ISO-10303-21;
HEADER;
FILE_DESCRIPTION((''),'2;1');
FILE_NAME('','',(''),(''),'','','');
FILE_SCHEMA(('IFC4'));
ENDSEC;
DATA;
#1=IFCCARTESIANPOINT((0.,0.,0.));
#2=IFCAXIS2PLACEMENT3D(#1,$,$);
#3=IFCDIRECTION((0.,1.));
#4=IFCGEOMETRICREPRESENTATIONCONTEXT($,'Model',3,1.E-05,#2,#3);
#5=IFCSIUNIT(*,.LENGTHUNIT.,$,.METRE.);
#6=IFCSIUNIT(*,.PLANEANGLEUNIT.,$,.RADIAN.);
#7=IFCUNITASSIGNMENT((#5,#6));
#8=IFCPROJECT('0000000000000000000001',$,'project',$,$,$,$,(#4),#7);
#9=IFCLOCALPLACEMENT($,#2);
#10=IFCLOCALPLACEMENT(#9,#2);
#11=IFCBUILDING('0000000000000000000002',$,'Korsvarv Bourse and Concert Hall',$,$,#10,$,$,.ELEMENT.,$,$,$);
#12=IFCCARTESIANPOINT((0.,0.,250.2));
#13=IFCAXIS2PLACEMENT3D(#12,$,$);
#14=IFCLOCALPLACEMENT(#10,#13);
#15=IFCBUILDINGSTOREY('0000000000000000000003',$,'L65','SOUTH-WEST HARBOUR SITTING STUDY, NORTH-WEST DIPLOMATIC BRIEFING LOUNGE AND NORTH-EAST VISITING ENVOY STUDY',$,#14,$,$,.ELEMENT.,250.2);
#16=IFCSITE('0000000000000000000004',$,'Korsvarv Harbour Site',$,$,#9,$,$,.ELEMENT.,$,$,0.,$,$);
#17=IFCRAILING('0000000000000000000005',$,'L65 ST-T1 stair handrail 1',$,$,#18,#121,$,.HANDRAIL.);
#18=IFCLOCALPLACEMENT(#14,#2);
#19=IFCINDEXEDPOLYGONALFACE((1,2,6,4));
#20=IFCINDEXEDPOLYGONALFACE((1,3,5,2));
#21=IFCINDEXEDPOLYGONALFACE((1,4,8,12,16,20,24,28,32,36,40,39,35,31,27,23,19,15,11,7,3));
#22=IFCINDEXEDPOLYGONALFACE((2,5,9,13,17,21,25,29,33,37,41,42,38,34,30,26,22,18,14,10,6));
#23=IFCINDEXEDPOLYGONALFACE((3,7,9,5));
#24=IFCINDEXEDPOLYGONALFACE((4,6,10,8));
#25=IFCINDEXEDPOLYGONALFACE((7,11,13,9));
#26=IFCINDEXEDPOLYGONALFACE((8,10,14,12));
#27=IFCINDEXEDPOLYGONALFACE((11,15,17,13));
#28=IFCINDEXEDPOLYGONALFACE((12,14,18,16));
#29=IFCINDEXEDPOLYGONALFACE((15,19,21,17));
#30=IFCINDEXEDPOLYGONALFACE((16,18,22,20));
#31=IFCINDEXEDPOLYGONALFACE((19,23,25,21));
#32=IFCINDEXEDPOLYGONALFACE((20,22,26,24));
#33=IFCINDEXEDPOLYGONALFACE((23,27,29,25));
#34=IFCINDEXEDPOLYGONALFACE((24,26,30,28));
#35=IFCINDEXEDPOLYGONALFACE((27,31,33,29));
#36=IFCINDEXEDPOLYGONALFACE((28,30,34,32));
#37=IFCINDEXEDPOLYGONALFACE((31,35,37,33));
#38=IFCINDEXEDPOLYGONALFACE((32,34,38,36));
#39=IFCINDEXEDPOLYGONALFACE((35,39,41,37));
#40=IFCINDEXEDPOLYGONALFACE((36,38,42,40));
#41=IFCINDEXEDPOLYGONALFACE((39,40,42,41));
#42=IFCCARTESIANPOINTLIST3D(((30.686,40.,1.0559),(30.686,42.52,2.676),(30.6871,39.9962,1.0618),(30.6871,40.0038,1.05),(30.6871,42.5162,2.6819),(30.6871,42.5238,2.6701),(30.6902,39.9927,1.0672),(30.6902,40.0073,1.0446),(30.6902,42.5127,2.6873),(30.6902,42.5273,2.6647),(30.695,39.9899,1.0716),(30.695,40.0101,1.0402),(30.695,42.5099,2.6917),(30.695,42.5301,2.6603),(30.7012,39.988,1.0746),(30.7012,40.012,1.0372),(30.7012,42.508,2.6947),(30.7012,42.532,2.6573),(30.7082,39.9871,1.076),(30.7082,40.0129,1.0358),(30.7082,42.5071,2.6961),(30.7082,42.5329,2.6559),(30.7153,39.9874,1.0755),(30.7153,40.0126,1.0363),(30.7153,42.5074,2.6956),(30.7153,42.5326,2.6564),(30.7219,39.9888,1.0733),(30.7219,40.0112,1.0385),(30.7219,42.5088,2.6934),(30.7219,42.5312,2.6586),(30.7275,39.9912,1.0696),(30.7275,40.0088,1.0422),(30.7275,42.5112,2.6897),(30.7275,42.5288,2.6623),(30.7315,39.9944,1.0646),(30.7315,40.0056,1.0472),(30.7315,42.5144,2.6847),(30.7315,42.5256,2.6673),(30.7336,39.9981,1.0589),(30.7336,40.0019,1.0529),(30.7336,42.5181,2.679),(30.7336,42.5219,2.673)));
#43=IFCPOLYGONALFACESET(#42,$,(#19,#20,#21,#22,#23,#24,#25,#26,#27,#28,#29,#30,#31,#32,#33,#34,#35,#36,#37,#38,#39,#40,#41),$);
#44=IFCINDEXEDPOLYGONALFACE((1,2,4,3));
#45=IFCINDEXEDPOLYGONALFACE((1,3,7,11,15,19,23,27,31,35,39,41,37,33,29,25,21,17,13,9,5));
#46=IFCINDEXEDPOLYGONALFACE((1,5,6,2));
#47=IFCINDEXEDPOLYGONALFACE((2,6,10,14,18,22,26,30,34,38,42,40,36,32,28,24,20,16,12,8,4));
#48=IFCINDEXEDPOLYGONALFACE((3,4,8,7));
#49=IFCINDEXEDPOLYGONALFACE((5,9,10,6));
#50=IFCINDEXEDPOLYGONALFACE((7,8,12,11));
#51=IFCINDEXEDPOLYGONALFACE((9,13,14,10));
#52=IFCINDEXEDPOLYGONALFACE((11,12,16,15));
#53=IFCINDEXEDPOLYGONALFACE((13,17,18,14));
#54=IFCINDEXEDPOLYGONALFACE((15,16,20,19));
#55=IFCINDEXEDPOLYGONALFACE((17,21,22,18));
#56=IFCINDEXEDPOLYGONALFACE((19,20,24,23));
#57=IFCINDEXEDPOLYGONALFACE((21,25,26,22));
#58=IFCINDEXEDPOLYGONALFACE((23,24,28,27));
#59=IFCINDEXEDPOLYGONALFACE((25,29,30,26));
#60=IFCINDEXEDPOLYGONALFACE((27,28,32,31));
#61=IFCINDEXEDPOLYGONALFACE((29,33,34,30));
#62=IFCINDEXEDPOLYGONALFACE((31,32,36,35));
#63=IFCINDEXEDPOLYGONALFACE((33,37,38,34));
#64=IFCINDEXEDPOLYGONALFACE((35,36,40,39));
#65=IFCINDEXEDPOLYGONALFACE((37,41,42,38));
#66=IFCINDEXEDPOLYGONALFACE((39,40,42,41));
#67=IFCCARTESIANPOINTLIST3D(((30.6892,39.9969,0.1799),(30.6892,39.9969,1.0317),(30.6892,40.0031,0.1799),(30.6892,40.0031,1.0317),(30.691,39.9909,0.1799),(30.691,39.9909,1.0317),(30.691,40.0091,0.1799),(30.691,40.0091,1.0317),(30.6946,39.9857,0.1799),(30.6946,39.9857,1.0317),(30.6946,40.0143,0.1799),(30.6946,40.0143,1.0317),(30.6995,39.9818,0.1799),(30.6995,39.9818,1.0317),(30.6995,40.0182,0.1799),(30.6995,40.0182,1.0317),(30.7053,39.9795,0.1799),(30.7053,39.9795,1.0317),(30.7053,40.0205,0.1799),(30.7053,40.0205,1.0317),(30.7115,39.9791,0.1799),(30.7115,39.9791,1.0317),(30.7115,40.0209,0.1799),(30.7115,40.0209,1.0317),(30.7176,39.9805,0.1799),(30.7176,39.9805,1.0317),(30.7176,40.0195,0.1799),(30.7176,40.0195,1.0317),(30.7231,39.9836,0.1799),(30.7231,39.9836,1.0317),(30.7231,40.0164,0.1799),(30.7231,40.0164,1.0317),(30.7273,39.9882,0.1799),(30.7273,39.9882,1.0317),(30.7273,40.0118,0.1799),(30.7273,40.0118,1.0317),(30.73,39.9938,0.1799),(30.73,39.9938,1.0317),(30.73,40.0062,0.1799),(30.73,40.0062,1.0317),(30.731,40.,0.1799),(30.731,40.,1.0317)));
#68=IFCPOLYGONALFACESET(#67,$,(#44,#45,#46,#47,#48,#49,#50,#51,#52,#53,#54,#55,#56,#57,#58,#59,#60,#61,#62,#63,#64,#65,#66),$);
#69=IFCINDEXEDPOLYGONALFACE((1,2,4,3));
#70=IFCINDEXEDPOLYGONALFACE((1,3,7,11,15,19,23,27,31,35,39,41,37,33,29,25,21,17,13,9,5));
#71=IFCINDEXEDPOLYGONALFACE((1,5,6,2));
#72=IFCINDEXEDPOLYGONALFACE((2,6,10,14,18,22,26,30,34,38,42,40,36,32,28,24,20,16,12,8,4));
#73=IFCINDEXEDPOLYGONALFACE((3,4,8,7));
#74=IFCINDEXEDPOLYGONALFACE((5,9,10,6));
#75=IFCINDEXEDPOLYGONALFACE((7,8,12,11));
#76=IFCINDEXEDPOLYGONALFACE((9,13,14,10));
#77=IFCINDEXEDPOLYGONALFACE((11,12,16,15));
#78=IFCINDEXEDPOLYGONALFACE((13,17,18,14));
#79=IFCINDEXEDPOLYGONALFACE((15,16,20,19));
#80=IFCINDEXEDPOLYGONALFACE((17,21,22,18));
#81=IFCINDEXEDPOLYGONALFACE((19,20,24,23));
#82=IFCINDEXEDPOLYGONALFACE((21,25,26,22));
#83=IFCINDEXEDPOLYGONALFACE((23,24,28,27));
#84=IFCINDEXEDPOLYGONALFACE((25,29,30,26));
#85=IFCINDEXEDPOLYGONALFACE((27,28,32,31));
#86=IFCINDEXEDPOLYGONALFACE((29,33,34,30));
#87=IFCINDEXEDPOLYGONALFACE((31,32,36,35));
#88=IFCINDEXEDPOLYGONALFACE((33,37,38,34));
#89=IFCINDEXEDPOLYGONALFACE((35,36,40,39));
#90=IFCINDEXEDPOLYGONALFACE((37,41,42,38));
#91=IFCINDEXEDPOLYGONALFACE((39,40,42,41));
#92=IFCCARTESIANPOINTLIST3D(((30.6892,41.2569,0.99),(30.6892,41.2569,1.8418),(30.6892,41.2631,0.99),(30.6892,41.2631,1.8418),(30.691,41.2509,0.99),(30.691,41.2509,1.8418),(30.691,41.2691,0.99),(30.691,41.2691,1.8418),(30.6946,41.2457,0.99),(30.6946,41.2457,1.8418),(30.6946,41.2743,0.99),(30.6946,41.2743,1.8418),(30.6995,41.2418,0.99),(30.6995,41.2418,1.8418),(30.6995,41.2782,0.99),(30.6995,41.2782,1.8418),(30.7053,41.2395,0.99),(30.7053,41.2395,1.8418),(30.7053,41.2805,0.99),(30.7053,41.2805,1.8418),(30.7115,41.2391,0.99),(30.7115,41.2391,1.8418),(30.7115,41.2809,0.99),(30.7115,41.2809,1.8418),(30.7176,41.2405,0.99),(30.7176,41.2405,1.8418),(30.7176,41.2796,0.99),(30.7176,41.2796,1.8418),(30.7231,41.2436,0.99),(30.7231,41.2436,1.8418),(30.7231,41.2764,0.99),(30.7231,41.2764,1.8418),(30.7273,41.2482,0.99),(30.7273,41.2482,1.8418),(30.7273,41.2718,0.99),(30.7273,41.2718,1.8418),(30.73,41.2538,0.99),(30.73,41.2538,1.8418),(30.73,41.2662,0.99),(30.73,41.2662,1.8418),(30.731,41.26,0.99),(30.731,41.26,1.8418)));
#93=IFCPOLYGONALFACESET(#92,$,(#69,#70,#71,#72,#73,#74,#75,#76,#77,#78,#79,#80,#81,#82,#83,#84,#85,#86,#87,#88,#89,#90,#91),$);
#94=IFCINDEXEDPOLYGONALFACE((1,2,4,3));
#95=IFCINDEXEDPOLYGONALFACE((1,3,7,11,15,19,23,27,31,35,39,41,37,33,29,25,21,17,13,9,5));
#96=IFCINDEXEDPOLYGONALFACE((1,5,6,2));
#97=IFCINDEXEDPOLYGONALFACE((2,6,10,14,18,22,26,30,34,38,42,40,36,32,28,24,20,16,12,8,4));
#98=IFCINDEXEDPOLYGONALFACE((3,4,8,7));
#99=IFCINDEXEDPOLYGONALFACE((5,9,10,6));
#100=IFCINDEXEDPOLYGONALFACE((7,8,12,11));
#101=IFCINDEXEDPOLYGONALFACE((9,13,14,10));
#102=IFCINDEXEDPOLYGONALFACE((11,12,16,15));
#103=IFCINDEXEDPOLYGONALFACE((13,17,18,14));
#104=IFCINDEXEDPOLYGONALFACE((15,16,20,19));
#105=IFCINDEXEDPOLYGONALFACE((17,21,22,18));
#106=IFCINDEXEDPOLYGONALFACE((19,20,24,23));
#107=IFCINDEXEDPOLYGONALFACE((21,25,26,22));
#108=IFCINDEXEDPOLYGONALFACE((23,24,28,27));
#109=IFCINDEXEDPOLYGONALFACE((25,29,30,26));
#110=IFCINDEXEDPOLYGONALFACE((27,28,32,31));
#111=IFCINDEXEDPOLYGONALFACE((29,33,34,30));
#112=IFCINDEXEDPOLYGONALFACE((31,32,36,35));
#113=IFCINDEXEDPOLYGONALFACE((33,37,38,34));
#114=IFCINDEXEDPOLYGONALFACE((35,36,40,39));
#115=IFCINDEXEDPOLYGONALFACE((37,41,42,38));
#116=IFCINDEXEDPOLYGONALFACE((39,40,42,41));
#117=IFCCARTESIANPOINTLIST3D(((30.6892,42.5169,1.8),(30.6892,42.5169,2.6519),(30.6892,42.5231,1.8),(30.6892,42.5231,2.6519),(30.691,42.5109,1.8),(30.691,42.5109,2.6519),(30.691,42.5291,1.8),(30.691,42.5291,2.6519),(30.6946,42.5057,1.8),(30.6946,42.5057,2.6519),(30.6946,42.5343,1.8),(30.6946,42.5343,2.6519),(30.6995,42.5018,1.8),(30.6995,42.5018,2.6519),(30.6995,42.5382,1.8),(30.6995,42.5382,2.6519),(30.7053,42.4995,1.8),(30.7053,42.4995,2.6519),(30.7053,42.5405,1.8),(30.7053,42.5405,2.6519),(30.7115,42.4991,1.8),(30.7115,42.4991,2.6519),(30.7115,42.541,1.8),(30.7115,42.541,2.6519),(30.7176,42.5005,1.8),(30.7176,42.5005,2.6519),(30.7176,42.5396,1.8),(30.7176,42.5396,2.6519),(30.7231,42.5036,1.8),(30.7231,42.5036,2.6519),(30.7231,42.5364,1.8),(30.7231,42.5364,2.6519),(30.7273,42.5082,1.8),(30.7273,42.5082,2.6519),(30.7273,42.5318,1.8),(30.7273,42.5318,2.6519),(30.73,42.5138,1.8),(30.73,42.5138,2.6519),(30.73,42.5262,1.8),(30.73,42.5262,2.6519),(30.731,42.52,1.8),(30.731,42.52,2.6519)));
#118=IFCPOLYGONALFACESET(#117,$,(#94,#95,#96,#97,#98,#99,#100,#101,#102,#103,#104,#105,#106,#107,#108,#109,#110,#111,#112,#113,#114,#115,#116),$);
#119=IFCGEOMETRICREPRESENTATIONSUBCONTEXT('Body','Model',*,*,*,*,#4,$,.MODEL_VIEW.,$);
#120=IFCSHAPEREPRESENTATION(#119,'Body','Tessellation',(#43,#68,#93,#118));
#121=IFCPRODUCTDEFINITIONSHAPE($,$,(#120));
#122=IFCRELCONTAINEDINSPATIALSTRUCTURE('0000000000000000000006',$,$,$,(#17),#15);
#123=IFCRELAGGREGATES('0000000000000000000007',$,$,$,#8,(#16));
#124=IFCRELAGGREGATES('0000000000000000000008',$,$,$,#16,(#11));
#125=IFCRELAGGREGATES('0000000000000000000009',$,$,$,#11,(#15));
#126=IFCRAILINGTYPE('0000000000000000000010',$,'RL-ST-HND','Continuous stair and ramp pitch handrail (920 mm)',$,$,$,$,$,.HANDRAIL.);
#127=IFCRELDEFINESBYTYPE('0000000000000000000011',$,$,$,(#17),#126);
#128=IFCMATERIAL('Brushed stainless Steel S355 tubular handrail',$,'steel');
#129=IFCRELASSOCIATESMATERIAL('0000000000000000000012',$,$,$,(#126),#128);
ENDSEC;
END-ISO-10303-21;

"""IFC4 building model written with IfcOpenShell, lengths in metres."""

from ifc_helpers import new_model, si_unit, direction, frame, origin, origin_2d, place, context, subcontext, project, spatial, circle, extrude, material, type_object, element, save


model = new_model("IFC4")

# Units and contexts
model_context = context("Model", 3, precision=1e-05, world=origin(), true_north=direction((0.0, 1.0)))
body_context = subcontext(model_context, "Body", "Model", "MODEL_VIEW")
ifc_project = project(units=[si_unit("LENGTHUNIT", "METRE"), si_unit("PLANEANGLEUNIT", "RADIAN")], contexts=[model_context])

# Site, building, storey
site_placement = place(None, origin())
site = spatial("IfcSite", under=ifc_project, at=site_placement, Name="Korsvarv Harbour Site", CompositionType="ELEMENT", RefElevation=0.0)
building_placement = place(site_placement, origin())
building = spatial("IfcBuilding", under=site, at=building_placement, Name="Korsvarv Bourse and Concert Hall", CompositionType="ELEMENT")
storey_placement = place(building_placement, frame((0.0, 0.0, 250.2)))
storey = spatial("IfcBuildingStorey", under=building, at=storey_placement, Name="L65", Description="SOUTH-WEST HARBOUR SITTING STUDY, NORTH-WEST DIPLOMATIC BRIEFING LOUNGE AND NORTH-EAST VISITING ENVOY STUDY", CompositionType="ELEMENT", Elevation=250.2)

# Railing
ifc_material_1 = material(Name="Brushed stainless Steel S355 tubular handrail", Category="steel")
railing_type_1 = type_object("IfcRailingType", Name="RL-ST-HND", Description="Continuous stair and ramp pitch handrail (920 mm)", PredefinedType="HANDRAIL", material=ifc_material_1)
railing_1_placement = place(storey_placement, frame((30.71, 40.0, 0.1799)))
element("IfcRailing", 1, at=railing_1_placement, inside=storey, type_object=railing_type_1, Name="L65 ST-T1 stair handrail 1", PredefinedType="HANDRAIL", context=body_context, shape_type="SweptSolid", body=[
    extrude(circle(Radius=0.0239, at=origin_2d()), frame((0.0, 0.0, 0.876), z_axis=(0.0, 0.841163, 0.540782), x_axis=(-1.0, 0.0, 0.0)), (0.0, 0.0, 1.0), 2.9958),
    extrude(circle(Radius=0.021, at=origin_2d()), origin(), (0.0, 0.0, 1.0), 0.8518),
    extrude(circle(Radius=0.021, at=origin_2d()), frame((0.0, 1.26, 0.8101)), (0.0, 0.0, 1.0), 0.8518),
    extrude(circle(Radius=0.021, at=origin_2d()), frame((0.0, 2.52, 1.6201)), (0.0, 0.0, 1.0), 0.8518),
])

save(model, "model.ifc")
